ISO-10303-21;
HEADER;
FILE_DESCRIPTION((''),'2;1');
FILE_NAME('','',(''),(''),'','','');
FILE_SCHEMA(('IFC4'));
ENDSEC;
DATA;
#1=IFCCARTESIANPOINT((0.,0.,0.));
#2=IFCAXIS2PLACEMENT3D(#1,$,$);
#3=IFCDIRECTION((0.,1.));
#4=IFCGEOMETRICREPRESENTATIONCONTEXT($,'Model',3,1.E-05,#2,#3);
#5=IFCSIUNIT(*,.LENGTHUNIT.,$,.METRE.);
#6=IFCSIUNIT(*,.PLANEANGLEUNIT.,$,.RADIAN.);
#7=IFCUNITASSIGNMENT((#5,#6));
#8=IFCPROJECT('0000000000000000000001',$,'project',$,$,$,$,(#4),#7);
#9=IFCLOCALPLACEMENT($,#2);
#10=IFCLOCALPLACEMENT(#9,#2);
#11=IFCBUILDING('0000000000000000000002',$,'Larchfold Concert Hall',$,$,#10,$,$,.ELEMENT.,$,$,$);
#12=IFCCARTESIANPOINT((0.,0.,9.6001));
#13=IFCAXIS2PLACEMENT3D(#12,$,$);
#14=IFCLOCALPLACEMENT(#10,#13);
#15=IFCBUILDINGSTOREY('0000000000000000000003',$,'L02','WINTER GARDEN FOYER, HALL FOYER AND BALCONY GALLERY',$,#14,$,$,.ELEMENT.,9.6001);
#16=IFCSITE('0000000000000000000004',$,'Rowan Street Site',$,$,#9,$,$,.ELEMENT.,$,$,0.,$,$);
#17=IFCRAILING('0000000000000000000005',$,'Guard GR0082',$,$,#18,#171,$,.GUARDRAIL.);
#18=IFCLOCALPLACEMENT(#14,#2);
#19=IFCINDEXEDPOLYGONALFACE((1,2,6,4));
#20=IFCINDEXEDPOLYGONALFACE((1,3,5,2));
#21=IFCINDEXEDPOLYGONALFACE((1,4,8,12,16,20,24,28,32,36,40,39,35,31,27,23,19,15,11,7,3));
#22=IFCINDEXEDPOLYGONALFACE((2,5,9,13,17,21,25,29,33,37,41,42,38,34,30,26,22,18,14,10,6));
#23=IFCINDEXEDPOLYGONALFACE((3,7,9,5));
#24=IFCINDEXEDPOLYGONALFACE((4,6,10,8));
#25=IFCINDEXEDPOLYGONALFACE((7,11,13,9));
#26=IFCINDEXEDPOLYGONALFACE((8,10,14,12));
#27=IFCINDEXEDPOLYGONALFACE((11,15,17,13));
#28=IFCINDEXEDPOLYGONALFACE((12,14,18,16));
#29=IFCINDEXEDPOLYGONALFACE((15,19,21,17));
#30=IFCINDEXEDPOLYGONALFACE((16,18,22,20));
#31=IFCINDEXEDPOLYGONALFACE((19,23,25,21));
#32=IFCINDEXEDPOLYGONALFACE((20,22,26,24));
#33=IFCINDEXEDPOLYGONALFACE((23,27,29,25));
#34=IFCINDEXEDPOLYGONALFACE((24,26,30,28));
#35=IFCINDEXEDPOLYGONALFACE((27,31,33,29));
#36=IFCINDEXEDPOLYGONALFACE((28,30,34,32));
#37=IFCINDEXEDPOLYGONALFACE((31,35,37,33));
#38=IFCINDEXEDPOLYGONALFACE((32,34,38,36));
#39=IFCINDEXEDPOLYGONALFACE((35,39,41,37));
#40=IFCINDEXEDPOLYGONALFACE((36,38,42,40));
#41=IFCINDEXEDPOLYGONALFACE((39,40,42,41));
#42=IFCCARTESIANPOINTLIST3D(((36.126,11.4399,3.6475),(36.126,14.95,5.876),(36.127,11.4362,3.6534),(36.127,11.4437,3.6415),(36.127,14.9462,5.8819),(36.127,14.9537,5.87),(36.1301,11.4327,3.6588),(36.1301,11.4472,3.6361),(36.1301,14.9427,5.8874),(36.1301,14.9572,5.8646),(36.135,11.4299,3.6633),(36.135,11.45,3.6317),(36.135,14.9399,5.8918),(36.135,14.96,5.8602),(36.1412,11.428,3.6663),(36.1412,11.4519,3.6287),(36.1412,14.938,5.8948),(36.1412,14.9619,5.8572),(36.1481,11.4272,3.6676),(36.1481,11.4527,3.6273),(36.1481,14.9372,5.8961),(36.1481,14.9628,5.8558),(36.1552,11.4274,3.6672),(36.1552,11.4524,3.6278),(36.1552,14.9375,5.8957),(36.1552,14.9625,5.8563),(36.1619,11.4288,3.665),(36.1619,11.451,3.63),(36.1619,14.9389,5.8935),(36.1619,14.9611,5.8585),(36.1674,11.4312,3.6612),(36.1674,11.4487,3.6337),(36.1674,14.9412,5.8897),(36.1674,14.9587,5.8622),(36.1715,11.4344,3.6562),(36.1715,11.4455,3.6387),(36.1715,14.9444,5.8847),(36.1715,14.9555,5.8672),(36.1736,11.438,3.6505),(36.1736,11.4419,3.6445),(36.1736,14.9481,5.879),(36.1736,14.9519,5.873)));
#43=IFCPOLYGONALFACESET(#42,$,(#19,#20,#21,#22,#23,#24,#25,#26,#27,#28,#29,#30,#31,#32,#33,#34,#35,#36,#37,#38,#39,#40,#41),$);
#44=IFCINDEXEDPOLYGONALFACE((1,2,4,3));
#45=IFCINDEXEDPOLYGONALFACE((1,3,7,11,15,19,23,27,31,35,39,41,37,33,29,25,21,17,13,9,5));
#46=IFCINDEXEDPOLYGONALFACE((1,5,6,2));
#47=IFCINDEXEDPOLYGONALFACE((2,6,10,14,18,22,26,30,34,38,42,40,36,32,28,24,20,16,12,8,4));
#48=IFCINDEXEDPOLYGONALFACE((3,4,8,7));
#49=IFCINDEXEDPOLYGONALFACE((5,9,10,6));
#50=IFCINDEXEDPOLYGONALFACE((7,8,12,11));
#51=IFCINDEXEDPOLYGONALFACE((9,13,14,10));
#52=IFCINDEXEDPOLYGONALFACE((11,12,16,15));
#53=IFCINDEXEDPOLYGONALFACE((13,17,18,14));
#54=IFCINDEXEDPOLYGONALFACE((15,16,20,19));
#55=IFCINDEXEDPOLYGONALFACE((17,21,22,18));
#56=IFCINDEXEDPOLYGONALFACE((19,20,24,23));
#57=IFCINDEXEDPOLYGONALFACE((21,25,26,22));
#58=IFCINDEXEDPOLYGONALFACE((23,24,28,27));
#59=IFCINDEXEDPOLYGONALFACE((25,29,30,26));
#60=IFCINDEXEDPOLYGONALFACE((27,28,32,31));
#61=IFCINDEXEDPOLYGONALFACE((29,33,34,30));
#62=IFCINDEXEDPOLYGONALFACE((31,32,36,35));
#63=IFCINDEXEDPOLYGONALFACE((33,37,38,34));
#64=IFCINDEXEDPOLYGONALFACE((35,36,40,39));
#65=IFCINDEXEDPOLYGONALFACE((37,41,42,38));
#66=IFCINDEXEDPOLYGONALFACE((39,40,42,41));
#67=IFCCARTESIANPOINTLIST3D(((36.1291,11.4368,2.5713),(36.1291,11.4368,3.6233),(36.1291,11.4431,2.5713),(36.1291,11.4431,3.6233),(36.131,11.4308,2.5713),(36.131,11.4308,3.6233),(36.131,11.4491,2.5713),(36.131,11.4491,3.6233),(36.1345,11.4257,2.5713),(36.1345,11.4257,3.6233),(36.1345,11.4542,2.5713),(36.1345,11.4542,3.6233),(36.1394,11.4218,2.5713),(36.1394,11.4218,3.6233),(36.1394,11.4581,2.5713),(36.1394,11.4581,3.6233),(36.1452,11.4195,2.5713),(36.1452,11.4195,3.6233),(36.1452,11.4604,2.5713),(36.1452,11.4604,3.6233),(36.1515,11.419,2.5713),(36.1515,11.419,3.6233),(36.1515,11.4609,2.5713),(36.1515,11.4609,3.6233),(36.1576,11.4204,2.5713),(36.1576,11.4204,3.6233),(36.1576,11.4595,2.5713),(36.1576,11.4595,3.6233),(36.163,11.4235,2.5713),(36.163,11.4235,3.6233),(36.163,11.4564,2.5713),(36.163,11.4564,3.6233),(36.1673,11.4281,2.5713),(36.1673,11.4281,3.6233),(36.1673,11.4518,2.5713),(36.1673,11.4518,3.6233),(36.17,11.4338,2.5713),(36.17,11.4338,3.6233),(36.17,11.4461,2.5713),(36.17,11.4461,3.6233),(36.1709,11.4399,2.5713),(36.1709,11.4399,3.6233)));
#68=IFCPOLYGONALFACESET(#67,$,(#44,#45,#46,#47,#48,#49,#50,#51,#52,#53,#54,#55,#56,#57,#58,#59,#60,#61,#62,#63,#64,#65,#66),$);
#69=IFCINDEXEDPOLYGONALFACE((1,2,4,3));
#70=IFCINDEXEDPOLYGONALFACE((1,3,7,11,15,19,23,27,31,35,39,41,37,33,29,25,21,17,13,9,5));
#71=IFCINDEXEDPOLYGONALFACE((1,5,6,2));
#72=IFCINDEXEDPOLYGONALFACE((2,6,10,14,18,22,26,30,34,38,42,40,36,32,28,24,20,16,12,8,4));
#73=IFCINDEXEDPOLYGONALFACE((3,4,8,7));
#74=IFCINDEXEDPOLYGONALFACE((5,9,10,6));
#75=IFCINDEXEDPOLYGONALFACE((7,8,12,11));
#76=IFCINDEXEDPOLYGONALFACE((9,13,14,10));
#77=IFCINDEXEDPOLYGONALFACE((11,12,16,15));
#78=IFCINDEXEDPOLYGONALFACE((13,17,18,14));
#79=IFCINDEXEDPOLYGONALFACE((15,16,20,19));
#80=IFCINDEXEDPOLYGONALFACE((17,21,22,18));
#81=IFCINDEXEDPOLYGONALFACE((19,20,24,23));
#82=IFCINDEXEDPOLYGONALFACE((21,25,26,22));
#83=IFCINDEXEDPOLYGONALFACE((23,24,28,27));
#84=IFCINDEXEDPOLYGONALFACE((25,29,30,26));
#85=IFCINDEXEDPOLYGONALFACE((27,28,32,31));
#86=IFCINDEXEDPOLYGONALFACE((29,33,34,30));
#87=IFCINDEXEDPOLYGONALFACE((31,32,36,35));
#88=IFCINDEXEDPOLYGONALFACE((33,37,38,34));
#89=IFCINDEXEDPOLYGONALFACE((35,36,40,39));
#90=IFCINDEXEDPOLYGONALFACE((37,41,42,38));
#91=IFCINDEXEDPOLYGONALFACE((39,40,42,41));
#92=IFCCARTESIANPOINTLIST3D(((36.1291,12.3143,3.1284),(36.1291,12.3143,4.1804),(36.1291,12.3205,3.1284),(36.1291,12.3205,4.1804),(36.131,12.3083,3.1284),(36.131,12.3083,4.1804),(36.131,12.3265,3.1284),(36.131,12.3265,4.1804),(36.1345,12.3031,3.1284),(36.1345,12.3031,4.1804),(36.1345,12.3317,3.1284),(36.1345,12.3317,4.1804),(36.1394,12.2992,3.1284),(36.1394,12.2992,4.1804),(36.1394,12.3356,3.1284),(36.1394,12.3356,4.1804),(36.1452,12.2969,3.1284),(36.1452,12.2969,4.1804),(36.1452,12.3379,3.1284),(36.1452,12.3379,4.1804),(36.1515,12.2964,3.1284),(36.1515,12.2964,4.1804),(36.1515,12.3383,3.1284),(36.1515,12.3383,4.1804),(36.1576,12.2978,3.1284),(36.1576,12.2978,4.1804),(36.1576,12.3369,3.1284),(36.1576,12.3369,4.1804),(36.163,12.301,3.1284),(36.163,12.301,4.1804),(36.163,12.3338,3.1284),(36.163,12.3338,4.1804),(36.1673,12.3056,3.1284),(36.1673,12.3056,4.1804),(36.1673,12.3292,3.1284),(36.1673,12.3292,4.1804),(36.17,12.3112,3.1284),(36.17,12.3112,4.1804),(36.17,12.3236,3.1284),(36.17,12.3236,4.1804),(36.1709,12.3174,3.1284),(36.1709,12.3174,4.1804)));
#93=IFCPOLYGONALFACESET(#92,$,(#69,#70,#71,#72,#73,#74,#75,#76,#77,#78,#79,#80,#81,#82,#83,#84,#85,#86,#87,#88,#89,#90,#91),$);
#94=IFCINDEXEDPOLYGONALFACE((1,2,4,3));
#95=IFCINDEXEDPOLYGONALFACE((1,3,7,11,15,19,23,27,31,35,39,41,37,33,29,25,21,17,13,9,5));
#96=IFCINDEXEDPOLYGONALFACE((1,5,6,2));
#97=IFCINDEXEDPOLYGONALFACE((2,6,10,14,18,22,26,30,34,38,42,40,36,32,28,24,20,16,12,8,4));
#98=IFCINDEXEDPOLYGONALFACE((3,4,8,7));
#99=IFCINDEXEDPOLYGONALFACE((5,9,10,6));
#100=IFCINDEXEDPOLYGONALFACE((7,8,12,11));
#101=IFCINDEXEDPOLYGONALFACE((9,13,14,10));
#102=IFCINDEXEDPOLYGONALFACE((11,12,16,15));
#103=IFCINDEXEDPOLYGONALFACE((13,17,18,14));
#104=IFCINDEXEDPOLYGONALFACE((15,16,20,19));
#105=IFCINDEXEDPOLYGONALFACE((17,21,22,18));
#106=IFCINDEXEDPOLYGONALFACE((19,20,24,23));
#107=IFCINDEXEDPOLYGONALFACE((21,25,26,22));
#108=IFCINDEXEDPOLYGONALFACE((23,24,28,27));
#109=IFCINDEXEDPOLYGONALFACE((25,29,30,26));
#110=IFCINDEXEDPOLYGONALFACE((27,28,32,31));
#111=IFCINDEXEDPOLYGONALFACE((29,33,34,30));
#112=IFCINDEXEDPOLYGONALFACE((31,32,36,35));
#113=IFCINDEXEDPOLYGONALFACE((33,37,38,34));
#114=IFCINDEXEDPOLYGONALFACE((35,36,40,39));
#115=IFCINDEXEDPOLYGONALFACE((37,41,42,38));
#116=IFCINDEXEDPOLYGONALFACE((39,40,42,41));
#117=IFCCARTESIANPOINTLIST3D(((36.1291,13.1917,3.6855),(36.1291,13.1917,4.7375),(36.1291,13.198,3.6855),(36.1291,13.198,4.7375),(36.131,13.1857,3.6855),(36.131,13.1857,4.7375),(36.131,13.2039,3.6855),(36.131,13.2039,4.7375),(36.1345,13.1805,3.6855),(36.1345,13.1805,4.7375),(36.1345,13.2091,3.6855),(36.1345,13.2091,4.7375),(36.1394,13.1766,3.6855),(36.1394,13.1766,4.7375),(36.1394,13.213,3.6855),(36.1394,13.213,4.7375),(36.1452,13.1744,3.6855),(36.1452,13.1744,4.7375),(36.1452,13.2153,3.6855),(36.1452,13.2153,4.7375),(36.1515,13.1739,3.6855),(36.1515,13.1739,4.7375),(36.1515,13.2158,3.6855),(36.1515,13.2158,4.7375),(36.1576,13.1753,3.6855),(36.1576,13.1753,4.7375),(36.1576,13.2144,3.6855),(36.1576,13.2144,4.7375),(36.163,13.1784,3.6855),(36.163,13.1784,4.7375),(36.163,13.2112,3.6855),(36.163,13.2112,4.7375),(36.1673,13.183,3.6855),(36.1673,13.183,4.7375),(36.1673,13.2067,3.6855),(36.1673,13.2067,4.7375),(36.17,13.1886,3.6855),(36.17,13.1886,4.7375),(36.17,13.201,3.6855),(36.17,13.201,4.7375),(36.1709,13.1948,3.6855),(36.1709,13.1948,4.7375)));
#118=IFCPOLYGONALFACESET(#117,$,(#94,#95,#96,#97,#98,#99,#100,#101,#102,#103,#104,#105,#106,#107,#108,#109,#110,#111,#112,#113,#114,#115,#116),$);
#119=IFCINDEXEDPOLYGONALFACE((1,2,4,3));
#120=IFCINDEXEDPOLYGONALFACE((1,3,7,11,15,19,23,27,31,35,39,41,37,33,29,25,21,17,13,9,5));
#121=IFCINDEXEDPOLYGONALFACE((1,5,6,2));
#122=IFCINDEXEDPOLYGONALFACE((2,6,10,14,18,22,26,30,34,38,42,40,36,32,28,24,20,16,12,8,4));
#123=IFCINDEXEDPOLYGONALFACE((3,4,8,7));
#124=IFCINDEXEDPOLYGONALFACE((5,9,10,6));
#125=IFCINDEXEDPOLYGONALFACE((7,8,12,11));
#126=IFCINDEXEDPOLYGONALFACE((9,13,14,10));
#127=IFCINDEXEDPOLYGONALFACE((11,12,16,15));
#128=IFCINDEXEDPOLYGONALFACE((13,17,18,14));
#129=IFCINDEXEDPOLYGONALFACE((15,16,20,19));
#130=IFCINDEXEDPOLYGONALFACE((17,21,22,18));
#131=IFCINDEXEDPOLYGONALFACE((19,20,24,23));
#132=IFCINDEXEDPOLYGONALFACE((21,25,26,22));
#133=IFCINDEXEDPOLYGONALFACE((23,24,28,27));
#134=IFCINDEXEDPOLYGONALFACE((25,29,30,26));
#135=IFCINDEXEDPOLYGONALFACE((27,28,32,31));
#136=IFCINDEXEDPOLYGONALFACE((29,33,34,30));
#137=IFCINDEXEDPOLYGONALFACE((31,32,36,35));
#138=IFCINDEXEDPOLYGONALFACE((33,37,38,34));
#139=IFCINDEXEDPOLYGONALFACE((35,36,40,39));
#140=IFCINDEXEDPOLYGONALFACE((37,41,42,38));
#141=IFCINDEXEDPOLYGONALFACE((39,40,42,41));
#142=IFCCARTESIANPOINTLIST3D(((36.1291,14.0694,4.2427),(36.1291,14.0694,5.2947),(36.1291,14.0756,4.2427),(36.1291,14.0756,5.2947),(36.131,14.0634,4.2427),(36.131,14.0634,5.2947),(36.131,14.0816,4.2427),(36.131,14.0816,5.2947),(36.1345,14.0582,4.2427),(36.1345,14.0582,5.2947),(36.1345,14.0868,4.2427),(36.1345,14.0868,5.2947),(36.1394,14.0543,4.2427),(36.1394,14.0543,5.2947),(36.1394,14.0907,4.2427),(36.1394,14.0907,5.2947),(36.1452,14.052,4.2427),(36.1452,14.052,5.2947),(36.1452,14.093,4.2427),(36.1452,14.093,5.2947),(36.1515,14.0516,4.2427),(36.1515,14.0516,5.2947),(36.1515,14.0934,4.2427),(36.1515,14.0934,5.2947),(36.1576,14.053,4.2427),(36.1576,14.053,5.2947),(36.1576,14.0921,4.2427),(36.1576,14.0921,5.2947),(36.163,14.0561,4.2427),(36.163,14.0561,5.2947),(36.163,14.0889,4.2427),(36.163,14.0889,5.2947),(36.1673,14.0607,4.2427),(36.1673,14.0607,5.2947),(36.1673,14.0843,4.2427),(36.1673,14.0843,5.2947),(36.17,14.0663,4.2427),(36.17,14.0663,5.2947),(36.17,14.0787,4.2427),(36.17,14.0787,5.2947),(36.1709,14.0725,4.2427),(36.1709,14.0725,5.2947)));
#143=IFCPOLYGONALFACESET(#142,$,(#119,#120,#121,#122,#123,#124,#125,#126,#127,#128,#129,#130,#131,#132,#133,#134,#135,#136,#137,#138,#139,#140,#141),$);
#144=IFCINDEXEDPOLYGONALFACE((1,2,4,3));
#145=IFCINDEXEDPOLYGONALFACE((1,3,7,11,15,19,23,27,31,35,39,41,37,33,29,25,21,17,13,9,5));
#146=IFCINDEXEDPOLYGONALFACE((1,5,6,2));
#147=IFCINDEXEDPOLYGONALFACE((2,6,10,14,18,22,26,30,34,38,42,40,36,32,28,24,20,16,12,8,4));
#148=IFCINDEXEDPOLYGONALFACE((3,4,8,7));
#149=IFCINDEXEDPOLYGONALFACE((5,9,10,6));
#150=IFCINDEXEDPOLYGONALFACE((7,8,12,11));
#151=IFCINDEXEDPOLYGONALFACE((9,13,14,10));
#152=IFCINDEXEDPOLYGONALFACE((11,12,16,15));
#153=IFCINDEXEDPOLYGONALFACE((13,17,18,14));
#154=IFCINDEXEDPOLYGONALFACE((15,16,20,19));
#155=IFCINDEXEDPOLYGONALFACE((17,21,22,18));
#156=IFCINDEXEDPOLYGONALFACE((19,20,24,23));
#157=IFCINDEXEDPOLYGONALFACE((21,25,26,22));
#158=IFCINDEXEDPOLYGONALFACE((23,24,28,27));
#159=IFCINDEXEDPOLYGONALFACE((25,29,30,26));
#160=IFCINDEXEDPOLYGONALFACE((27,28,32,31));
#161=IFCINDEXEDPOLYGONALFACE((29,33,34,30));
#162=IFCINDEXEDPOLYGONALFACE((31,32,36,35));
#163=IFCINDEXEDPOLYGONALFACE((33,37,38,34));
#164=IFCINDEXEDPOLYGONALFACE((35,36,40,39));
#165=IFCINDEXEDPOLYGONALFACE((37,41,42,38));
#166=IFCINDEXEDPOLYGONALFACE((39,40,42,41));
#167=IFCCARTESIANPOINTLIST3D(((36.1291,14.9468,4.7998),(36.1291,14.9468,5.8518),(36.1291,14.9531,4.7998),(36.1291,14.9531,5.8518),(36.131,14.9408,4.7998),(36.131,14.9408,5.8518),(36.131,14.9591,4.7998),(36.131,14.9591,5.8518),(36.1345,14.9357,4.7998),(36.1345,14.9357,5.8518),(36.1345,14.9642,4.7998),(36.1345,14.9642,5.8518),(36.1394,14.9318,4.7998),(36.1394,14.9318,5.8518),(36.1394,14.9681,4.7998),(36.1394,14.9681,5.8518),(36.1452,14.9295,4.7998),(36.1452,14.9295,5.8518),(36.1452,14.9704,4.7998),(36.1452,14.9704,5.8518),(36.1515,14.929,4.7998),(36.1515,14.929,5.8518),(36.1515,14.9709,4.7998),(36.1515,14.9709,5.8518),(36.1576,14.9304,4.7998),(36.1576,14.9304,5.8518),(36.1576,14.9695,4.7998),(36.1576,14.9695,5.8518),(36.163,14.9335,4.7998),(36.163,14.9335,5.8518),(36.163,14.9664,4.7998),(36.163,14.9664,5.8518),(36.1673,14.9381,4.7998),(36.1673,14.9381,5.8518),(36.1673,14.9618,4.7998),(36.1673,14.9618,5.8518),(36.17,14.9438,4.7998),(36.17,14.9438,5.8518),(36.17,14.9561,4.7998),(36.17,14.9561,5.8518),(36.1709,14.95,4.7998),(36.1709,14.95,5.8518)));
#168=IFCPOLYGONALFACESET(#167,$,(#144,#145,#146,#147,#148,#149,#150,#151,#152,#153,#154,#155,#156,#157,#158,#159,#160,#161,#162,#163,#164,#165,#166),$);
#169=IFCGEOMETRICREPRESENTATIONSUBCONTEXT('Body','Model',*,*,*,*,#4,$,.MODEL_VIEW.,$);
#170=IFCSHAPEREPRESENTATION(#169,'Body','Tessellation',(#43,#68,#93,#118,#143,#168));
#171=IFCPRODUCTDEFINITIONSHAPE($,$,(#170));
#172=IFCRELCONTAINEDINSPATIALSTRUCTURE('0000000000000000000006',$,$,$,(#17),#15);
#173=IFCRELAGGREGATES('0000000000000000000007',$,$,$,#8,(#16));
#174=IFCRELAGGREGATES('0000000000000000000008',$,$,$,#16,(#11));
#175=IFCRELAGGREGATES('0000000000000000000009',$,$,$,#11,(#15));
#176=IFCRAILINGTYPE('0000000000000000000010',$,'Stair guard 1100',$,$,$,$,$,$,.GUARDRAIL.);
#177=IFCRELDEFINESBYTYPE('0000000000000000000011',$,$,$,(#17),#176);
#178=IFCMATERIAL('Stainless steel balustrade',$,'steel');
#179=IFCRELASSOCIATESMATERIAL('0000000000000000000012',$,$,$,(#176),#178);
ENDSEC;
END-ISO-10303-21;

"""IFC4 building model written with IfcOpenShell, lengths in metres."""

from ifc_helpers import new_model, si_unit, direction, frame, origin, origin_2d, place, context, subcontext, project, spatial, circle, extrude, material, type_object, element, save


model = new_model("IFC4")

# Units and contexts
model_context = context("Model", 3, precision=1e-05, world=origin(), true_north=direction((0.0, 1.0)))
body_context = subcontext(model_context, "Body", "Model", "MODEL_VIEW")
ifc_project = project(units=[si_unit("LENGTHUNIT", "METRE"), si_unit("PLANEANGLEUNIT", "RADIAN")], contexts=[model_context])

# Site, building, storey
site_placement = place(None, origin())
site = spatial("IfcSite", under=ifc_project, at=site_placement, Name="Rowan Street Site", CompositionType="ELEMENT", RefElevation=0.0)
building_placement = place(site_placement, origin())
building = spatial("IfcBuilding", under=site, at=building_placement, Name="Larchfold Concert Hall", CompositionType="ELEMENT")
storey_placement = place(building_placement, frame((0.0, 0.0, 9.6001)))
storey = spatial("IfcBuildingStorey", under=building, at=storey_placement, Name="L02", Description="WINTER GARDEN FOYER, HALL FOYER AND BALCONY GALLERY", CompositionType="ELEMENT", Elevation=9.6001)

# Railing
ifc_material_1 = material(Name="Stainless steel balustrade", Category="steel")
railing_type_1 = type_object("IfcRailingType", Name="Stair guard 1100", PredefinedType="GUARDRAIL", material=ifc_material_1)
railing_1_placement = place(storey_placement, frame((36.1499, 11.4399, 2.5713)))
element("IfcRailing", 1, at=railing_1_placement, inside=storey, type_object=railing_type_1, Name="Guard GR0082", PredefinedType="GUARDRAIL", context=body_context, shape_type="SweptSolid", body=[
    extrude(circle(Radius=0.0239, at=origin_2d()), frame((0.0, 0.0, 1.0762), z_axis=(0.0, 0.84422, 0.535998), x_axis=(-1.0, 0.0, 0.0)), (0.0, 0.0, 1.0), 4.1577),
    extrude(circle(Radius=0.021, at=origin_2d()), origin(), (0.0, 0.0, 1.0), 1.052),
    extrude(circle(Radius=0.021, at=origin_2d()), frame((0.0, 0.8774, 0.5571)), (0.0, 0.0, 1.0), 1.052),
    extrude(circle(Radius=0.021, at=origin_2d()), frame((0.0, 1.7549, 1.1143)), (0.0, 0.0, 1.0), 1.052),
    extrude(circle(Radius=0.021, at=origin_2d()), frame((0.0, 2.6326, 1.6714)), (0.0, 0.0, 1.0), 1.052),
    extrude(circle(Radius=0.021, at=origin_2d()), frame((0.0, 3.51, 2.2285)), (0.0, 0.0, 1.0), 1.052),
])

save(model, "model.ifc")
